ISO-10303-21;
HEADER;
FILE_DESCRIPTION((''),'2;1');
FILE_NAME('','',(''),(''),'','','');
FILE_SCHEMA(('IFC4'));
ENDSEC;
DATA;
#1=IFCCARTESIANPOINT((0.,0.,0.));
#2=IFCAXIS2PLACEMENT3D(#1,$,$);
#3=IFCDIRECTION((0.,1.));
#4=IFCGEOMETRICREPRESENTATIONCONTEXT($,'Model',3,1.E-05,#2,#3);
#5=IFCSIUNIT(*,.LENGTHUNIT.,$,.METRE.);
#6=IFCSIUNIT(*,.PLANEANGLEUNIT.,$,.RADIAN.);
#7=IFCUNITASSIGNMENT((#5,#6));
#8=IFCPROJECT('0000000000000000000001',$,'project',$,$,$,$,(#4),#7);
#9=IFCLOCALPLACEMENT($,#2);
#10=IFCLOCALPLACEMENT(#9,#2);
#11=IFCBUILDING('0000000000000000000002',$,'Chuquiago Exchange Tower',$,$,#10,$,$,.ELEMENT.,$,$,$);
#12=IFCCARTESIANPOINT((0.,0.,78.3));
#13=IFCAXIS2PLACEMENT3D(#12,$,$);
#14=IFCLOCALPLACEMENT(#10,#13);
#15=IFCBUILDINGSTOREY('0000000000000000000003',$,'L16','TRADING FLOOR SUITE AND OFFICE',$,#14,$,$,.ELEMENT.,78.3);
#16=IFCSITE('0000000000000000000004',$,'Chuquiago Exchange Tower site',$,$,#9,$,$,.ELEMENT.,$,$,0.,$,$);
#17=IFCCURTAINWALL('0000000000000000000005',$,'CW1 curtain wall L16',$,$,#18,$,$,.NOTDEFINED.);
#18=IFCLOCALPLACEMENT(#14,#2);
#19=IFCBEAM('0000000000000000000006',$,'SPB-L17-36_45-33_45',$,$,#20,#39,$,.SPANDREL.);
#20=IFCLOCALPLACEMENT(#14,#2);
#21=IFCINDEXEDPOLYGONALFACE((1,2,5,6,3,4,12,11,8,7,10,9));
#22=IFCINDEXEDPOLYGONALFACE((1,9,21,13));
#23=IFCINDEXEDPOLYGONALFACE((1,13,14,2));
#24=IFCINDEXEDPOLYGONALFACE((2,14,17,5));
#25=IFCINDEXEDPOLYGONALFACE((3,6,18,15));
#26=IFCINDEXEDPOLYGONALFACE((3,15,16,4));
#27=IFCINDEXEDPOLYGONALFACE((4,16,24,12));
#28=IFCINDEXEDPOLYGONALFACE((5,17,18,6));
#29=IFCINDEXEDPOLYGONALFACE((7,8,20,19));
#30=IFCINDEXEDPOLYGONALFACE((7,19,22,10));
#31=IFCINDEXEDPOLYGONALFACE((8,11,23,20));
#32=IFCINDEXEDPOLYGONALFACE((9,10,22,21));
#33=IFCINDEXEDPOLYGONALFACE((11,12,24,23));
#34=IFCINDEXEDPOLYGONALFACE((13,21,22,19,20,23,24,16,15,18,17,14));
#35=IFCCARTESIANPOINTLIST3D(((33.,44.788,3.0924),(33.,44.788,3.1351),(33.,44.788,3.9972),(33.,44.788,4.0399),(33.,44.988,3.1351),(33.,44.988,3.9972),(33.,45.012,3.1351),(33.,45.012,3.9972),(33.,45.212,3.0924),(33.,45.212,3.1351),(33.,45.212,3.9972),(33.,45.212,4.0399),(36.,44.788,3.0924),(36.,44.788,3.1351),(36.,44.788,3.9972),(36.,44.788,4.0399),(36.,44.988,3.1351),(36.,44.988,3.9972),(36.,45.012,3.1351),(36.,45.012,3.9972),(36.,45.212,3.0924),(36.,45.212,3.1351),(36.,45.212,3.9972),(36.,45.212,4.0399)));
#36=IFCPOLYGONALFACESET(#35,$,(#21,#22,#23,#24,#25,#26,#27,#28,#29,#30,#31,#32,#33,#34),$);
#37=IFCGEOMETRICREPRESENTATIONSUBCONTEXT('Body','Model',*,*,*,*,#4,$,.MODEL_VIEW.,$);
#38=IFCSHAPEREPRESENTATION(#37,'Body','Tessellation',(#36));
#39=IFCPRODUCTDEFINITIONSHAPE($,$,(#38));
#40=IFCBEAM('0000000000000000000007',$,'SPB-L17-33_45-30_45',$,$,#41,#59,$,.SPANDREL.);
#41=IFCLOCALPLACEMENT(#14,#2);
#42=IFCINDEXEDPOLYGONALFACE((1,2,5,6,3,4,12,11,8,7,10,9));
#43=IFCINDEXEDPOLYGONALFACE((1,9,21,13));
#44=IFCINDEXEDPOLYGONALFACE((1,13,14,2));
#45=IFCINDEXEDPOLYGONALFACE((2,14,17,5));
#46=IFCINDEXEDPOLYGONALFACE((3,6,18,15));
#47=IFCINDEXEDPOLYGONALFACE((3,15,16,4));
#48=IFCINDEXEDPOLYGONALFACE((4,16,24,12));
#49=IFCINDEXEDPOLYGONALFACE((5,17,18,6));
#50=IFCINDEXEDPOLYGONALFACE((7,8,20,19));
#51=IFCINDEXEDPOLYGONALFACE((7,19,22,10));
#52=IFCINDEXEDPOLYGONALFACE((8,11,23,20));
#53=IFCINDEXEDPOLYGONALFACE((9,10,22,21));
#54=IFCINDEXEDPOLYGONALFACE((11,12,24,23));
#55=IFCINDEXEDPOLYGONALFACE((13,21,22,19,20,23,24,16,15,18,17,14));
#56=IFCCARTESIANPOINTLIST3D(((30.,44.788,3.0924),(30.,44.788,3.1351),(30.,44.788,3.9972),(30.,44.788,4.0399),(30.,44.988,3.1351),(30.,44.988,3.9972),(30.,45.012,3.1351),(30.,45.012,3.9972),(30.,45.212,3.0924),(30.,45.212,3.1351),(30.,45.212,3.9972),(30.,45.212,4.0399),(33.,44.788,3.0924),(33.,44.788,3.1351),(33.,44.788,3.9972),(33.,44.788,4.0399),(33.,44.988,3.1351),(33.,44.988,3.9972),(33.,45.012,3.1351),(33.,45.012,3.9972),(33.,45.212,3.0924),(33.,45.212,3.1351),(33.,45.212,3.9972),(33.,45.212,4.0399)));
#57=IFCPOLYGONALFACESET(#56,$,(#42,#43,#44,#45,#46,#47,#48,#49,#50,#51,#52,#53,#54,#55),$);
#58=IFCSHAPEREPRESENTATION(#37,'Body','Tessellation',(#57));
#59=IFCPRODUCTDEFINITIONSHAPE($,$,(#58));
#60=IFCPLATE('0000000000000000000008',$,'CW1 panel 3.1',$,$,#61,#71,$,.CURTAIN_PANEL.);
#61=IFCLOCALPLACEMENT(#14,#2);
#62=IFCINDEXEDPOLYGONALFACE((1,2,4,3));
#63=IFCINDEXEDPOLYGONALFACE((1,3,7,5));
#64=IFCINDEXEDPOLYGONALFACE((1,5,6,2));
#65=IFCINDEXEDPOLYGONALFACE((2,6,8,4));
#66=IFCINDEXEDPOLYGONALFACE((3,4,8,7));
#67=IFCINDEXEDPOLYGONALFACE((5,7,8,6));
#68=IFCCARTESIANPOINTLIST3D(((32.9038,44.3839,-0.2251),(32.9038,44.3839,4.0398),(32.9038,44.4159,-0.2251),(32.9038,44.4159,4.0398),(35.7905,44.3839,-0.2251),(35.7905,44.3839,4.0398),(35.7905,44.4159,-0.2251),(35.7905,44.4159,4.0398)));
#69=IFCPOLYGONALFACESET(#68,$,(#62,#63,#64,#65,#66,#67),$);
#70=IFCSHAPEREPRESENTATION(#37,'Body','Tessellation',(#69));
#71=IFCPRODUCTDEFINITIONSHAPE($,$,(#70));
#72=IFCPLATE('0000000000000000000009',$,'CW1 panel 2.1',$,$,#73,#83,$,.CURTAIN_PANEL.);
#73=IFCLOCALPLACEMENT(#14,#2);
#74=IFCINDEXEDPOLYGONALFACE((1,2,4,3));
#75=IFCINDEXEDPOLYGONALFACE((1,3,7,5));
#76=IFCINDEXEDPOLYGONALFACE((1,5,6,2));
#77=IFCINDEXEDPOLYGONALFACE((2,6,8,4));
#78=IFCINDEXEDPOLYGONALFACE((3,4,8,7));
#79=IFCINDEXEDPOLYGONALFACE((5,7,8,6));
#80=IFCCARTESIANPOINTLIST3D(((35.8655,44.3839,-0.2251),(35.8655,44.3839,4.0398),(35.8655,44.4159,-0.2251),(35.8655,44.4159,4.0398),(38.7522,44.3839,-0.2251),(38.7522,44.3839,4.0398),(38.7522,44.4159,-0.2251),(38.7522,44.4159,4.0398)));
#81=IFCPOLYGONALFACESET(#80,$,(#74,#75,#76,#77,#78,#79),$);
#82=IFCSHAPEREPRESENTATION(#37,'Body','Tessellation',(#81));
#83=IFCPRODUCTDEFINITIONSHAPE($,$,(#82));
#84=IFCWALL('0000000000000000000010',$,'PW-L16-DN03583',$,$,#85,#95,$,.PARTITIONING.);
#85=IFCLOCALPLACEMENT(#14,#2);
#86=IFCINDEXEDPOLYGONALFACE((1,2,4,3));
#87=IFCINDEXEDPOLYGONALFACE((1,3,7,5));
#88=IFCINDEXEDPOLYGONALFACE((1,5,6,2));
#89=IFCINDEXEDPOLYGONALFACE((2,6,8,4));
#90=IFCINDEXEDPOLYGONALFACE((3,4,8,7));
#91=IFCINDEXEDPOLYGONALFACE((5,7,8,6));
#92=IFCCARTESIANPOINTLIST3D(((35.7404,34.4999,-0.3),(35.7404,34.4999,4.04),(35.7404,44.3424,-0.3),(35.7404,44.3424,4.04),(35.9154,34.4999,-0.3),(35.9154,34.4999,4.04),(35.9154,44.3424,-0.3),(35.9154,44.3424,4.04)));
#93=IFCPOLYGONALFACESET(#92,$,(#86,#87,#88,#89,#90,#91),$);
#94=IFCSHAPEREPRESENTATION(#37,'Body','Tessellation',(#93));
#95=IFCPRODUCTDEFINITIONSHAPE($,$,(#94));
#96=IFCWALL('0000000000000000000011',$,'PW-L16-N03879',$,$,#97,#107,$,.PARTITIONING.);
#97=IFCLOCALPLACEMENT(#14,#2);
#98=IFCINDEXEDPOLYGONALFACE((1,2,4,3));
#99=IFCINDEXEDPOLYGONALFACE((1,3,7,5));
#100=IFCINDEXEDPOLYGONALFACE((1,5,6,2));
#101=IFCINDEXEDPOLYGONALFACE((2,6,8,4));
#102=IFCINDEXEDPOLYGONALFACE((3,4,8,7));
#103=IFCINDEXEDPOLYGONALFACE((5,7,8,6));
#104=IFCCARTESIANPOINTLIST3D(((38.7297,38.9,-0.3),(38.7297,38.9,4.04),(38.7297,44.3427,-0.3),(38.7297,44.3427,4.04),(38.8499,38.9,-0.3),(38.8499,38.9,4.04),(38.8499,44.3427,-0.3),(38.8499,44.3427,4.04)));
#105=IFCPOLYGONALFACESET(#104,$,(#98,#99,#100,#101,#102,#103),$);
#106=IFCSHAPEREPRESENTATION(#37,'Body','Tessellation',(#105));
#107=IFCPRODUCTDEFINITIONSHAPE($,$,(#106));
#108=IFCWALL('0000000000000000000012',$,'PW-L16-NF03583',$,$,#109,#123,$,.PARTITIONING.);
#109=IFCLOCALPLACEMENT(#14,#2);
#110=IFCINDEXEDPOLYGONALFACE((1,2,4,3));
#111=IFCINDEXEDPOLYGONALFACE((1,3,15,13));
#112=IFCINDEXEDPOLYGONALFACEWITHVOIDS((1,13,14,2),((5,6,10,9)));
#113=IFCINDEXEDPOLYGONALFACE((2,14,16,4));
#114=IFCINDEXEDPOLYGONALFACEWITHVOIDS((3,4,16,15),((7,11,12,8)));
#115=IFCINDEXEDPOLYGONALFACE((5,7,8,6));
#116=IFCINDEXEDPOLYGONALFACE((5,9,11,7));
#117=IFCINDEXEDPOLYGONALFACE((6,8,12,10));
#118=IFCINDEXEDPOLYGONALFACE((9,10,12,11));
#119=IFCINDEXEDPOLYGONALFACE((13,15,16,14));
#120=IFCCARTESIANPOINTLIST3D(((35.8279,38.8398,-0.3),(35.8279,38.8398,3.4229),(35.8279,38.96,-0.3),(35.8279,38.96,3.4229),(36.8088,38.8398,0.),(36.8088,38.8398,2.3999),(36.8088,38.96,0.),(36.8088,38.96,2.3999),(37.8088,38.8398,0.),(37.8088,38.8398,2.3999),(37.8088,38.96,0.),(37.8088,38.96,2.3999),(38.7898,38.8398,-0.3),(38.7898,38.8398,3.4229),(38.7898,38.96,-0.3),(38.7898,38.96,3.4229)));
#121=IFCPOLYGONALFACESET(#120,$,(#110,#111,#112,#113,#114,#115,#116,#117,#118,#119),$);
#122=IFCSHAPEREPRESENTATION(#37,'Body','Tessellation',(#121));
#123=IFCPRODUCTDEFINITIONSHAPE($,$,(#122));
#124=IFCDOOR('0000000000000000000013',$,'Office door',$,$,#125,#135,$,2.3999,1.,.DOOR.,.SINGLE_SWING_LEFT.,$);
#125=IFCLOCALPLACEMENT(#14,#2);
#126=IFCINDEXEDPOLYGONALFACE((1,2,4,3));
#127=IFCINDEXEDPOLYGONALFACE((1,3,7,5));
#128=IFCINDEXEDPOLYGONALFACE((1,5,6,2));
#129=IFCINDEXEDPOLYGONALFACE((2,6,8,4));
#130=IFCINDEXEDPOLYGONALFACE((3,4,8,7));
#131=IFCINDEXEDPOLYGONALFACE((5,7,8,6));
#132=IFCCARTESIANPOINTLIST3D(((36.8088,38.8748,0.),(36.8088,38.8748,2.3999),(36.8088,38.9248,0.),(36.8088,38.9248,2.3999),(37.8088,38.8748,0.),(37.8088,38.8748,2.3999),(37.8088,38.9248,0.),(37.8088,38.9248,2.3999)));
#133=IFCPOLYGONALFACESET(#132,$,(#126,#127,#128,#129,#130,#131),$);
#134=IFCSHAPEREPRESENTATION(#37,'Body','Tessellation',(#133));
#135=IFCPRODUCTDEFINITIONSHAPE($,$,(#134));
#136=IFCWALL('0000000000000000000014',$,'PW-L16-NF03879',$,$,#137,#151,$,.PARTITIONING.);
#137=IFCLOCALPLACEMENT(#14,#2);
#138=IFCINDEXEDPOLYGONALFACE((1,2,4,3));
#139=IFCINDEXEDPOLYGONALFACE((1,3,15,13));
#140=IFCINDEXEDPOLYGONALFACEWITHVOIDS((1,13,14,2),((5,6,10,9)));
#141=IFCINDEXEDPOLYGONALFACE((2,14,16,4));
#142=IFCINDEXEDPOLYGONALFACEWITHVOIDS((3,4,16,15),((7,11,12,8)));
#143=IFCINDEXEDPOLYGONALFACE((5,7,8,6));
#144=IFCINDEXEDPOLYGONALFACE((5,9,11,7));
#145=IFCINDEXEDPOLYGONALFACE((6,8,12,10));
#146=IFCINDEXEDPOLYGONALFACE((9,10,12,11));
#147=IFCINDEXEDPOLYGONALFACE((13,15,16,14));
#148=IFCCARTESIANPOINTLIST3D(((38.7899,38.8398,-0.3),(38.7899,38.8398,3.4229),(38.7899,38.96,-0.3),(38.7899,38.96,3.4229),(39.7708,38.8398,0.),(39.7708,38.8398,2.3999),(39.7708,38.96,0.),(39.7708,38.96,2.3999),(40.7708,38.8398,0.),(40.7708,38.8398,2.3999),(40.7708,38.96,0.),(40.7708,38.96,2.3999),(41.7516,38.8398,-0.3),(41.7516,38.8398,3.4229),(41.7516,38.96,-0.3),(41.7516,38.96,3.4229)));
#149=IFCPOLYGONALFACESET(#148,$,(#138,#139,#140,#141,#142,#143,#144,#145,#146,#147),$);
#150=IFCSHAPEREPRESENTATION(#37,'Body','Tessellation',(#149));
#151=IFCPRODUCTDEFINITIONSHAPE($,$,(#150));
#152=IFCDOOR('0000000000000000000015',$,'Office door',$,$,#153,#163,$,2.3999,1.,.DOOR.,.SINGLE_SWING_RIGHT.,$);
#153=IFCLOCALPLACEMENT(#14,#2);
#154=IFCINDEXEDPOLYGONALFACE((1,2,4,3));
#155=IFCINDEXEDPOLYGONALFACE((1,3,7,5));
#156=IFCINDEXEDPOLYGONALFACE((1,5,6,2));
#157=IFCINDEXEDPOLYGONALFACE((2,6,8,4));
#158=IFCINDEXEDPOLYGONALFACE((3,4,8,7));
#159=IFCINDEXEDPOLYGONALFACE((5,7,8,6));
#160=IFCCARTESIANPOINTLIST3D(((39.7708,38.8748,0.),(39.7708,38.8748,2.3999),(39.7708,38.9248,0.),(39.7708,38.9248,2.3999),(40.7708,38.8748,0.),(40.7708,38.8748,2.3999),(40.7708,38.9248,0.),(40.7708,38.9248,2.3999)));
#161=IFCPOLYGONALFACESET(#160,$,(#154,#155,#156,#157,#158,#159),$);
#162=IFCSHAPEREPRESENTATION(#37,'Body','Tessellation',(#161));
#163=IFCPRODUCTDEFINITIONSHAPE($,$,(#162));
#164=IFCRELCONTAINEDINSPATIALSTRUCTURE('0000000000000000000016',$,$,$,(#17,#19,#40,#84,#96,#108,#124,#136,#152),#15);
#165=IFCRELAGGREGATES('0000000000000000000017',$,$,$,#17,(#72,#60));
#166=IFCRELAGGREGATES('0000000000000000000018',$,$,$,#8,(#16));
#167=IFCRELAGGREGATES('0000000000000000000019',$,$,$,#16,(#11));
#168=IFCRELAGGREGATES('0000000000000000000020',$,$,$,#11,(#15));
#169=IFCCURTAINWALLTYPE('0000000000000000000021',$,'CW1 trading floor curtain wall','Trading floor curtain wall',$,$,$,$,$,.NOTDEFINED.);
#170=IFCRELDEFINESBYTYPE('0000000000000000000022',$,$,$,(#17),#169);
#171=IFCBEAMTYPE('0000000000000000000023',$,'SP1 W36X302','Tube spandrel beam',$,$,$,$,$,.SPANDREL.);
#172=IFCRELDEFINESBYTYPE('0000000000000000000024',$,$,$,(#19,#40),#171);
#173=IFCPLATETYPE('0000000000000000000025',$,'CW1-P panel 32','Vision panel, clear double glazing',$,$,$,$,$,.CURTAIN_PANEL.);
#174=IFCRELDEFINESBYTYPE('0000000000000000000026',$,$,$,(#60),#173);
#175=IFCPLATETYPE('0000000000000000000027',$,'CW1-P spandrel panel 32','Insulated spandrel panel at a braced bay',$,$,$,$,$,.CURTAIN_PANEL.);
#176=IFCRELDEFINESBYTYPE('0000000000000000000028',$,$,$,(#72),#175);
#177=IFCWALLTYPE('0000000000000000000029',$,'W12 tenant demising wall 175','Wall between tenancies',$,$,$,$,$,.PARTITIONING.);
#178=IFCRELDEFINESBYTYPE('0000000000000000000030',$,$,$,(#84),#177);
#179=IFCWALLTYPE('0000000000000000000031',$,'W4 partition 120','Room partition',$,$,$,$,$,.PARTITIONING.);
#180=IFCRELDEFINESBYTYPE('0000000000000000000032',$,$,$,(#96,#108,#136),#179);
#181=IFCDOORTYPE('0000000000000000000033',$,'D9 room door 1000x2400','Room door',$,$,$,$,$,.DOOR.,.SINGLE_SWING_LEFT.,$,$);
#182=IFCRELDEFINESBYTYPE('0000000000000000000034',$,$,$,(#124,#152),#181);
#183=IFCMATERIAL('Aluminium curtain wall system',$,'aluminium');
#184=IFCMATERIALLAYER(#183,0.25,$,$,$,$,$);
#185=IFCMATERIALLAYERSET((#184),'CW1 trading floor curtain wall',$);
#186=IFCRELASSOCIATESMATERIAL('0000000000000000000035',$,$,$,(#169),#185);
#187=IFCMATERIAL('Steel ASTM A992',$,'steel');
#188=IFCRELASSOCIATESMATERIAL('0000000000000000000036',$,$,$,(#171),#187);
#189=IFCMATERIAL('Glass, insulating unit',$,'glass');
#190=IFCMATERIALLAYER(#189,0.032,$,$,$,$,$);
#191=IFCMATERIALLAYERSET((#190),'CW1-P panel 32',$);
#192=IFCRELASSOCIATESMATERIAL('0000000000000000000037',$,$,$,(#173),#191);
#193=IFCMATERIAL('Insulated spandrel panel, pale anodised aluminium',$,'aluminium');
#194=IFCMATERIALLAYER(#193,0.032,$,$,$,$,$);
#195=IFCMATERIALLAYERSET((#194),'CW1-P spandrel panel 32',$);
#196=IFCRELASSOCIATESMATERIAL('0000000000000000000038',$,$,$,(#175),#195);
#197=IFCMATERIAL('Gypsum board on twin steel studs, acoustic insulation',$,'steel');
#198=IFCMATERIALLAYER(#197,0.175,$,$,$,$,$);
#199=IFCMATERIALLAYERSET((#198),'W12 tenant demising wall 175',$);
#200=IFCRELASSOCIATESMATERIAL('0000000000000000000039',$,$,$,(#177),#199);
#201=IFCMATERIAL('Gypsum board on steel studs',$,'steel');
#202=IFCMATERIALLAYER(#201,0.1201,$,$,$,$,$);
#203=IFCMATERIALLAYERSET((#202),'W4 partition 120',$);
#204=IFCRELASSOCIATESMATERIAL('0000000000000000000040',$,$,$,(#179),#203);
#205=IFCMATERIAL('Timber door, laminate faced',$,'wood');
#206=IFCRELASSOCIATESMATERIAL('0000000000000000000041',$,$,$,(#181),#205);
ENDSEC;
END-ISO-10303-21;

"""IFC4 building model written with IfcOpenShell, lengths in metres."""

from ifc_helpers import new_model, si_unit, direction, frame, frame_2d, origin, origin_2d, place, context, subcontext, project, spatial, rectangle, i_section, extrude, material, layer, layer_set, material_profile, profile_set, type_object, element, fill, aggregate, save


model = new_model("IFC4")

# Units and contexts
model_context = context("Model", 3, precision=1e-05, world=origin(), true_north=direction((0.0, 1.0)))
body_context = subcontext(model_context, "Body", "Model", "MODEL_VIEW")
ifc_project = project(units=[si_unit("LENGTHUNIT", "METRE"), si_unit("PLANEANGLEUNIT", "RADIAN")], contexts=[model_context])

# Site, building, storey
site_placement = place(None, origin())
site = spatial("IfcSite", under=ifc_project, at=site_placement, Name="Chuquiago Exchange Tower site", CompositionType="ELEMENT", RefElevation=0.0)
building_placement = place(site_placement, origin())
building = spatial("IfcBuilding", under=site, at=building_placement, Name="Chuquiago Exchange Tower", CompositionType="ELEMENT")
storey_placement = place(building_placement, frame((0.0, 0.0, 78.3)))
storey = spatial("IfcBuildingStorey", under=building, at=storey_placement, Name="L16", Description="TRADING FLOOR SUITE AND OFFICE", CompositionType="ELEMENT", Elevation=78.3)

# Curtain wall
ifc_material_1 = material(Name="Aluminium curtain wall system", Category="aluminium")
ifc_layer_1 = layer(ifc_material_1, 0.25)
ifc_layer_set_1 = layer_set([ifc_layer_1], Name="CW1 trading floor curtain wall")
curtain_wall_type = type_object("IfcCurtainWallType", Name="CW1 trading floor curtain wall", Description="Trading floor curtain wall", PredefinedType="NOTDEFINED", material=ifc_layer_set_1)
curtain_wall_placement = place(storey_placement, origin())
curtain_wall = element("IfcCurtainWall", 1, at=curtain_wall_placement, inside=storey, type_object=curtain_wall_type, Name="CW1 curtain wall L16", PredefinedType="NOTDEFINED")

# Beams
ifc_material_2 = material(Name="Steel ASTM A992", Category="steel")
ifc_material_profile_1 = material_profile(ifc_material_2, i_section(OverallWidth=0.4241, OverallDepth=0.9475, WebThickness=0.0239, FlangeThickness=0.0427, at=origin_2d()), Name="W36X302")
ifc_profile_set_1 = profile_set([ifc_material_profile_1], Name="Steel ASTM A992")
beam_type_1 = type_object("IfcBeamType", Name="SP1 W36X302", Description="Tube spandrel beam", PredefinedType="SPANDREL", material=ifc_profile_set_1)
for number, where, z_axis, x_axis, name in (
    (2, (36.0, 45.0, 3.5662), (-1.0, 0.0, 0.0), (0.0, -1.0, 0.0), "SPB-L17-36_45-33_45"),
    (3, (33.0, 45.0, 3.5662), (-1.0, 0.0, 0.0), (0.0, -1.0, 0.0), "SPB-L17-33_45-30_45"),
):
    element("IfcBeam", number, at=place(storey_placement, frame(where, z_axis=z_axis, x_axis=x_axis)), inside=storey, type_object=beam_type_1, Name=name, PredefinedType="SPANDREL", context=body_context, shape_type="SweptSolid", body=[
        extrude(i_section(OverallWidth=0.4241, OverallDepth=0.9475, WebThickness=0.0239, FlangeThickness=0.0427, at=origin_2d()), origin(), (0.0, 0.0, 1.0), 3.0),
    ])

# Plates
ifc_material_3 = material(Name="Glass, insulating unit", Category="glass")
ifc_layer_2 = layer(ifc_material_3, 0.032)
ifc_layer_set_2 = layer_set([ifc_layer_2], Name="CW1-P panel 32")
plate_type_1 = type_object("IfcPlateType", Name="CW1-P panel 32", Description="Vision panel, clear double glazing", PredefinedType="CURTAIN_PANEL", material=ifc_layer_set_2)
plate_1_placement = place(storey_placement, frame((34.3472, 44.3999, -0.2251), z_axis=(0.0, 0.0, 1.0), x_axis=(-1.0, 0.0, 0.0)))
plate_1 = element("IfcPlate", 4, at=plate_1_placement, type_object=plate_type_1, Name="CW1 panel 3.1", PredefinedType="CURTAIN_PANEL", context=body_context, shape_type="SweptSolid", body=[
    extrude(rectangle(XDim=2.8867, YDim=0.032, at=origin_2d()), origin(), (0.0, 0.0, 1.0), 4.2649),
])
ifc_material_4 = material(Name="Insulated spandrel panel, pale anodised aluminium", Category="aluminium")
ifc_layer_3 = layer(ifc_material_4, 0.032)
ifc_layer_set_3 = layer_set([ifc_layer_3], Name="CW1-P spandrel panel 32")
plate_type_2 = type_object("IfcPlateType", Name="CW1-P spandrel panel 32", Description="Insulated spandrel panel at a braced bay", PredefinedType="CURTAIN_PANEL", material=ifc_layer_set_3)
plate_2_placement = place(storey_placement, frame((37.3088, 44.3999, -0.2251), z_axis=(0.0, 0.0, 1.0), x_axis=(-1.0, 0.0, 0.0)))
plate_2 = element("IfcPlate", 5, at=plate_2_placement, type_object=plate_type_2, Name="CW1 panel 2.1", PredefinedType="CURTAIN_PANEL", context=body_context, shape_type="SweptSolid", body=[
    extrude(rectangle(XDim=2.8867, YDim=0.032, at=origin_2d()), origin(), (0.0, 0.0, 1.0), 4.2649),
])
aggregate(curtain_wall, [plate_2, plate_1])

# Walls
ifc_material_5 = material(Name="Gypsum board on twin steel studs, acoustic insulation", Category="steel")
ifc_layer_4 = layer(ifc_material_5, 0.175)
ifc_layer_set_4 = layer_set([ifc_layer_4], Name="W12 tenant demising wall 175")
wall_type_1 = type_object("IfcWallType", Name="W12 tenant demising wall 175", Description="Wall between tenancies", PredefinedType="PARTITIONING", material=ifc_layer_set_4)
wall_1_placement = place(storey_placement, frame((35.8279, 44.3425, -0.3), z_axis=(0.0, 0.0, 1.0), x_axis=(0.0, -1.0, 0.0)))
element("IfcWall", 6, at=wall_1_placement, inside=storey, type_object=wall_type_1, Name="PW-L16-DN03583", PredefinedType="PARTITIONING", context=body_context, shape_type="SweptSolid", body=[
    extrude(rectangle(XDim=9.8425, YDim=0.175, at=frame_2d((4.9214, 0.0))), origin(), (0.0, 0.0, 1.0), 4.3401),
])
ifc_material_6 = material(Name="Gypsum board on steel studs", Category="steel")
ifc_layer_5 = layer(ifc_material_6, 0.1201)
ifc_layer_set_5 = layer_set([ifc_layer_5], Name="W4 partition 120")
wall_type_2 = type_object("IfcWallType", Name="W4 partition 120", Description="Room partition", PredefinedType="PARTITIONING", material=ifc_layer_set_5)
wall_2_placement = place(storey_placement, frame((38.7898, 44.3425, -0.3), z_axis=(0.0, 0.0, 1.0), x_axis=(0.0, -1.0, 0.0)))
element("IfcWall", 7, at=wall_2_placement, inside=storey, type_object=wall_type_2, Name="PW-L16-N03879", PredefinedType="PARTITIONING", context=body_context, shape_type="SweptSolid", body=[
    extrude(rectangle(XDim=5.4426, YDim=0.1201, at=frame_2d((2.7212, 0.0))), origin(), (0.0, 0.0, 1.0), 4.3401),
])

# Walls, openings, doors
wall_3_placement = place(storey_placement, frame((35.8279, 38.8999, -0.3), z_axis=(0.0, 0.0, 1.0), x_axis=(1.0, 0.0, 0.0)))
wall_3 = element("IfcWall", 8, at=wall_3_placement, inside=storey, type_object=wall_type_2, Name="PW-L16-NF03583", PredefinedType="PARTITIONING", context=body_context, shape_type="SweptSolid", body=[
    extrude(rectangle(XDim=2.9619, YDim=0.1201, at=frame_2d((1.481, 0.0))), origin(), (0.0, 0.0, 1.0), 3.7229),
])
opening_1_placement = place(wall_3_placement, frame((0.981, 0.0, 0.3)))
opening_1 = element("IfcOpeningElement", 9, at=opening_1_placement, cuts=wall_3, PredefinedType="OPENING", context=body_context, shape_type="SweptSolid", body=[
    extrude(rectangle(XDim=1.0, YDim=2.3999, at=frame_2d((0.5, 1.2))), frame((0.0, 0.0701, 0.0), z_axis=(0.0, -1.0, 0.0), x_axis=(1.0, 0.0, 0.0)), (0.0, 0.0, 1.0), 0.1401),
])
ifc_material_7 = material(Name="Timber door, laminate faced", Category="wood")
door_type = type_object("IfcDoorType", Name="D9 room door 1000x2400", Description="Room door", OperationType="SINGLE_SWING_LEFT", PredefinedType="DOOR", material=ifc_material_7)
door_1_placement = place(opening_1_placement, origin())
door_1 = element("IfcDoor", 10, at=door_1_placement, inside=storey, type_object=door_type, Name="Office door", OperationType="SINGLE_SWING_LEFT", OverallHeight=2.3999, OverallWidth=1.0, PredefinedType="DOOR", context=body_context, shape_type="SweptSolid", body=[
    extrude(rectangle(XDim=1.0, YDim=2.3999, at=frame_2d((0.5, 1.2))), frame((0.0, 0.0249, 0.0), z_axis=(0.0, -1.0, 0.0), x_axis=(1.0, 0.0, 0.0)), (0.0, 0.0, 1.0), 0.05),
])
fill(opening_1, door_1)
wall_4_placement = place(storey_placement, frame((38.7898, 38.8999, -0.3), z_axis=(0.0, 0.0, 1.0), x_axis=(1.0, 0.0, 0.0)))
wall_4 = element("IfcWall", 11, at=wall_4_placement, inside=storey, type_object=wall_type_2, Name="PW-L16-NF03879", PredefinedType="PARTITIONING", context=body_context, shape_type="SweptSolid", body=[
    extrude(rectangle(XDim=2.9617, YDim=0.1201, at=frame_2d((1.481, 0.0))), origin(), (0.0, 0.0, 1.0), 3.7229),
])
opening_2_placement = place(wall_4_placement, frame((0.981, 0.0, 0.3)))
opening_2 = element("IfcOpeningElement", 12, at=opening_2_placement, cuts=wall_4, PredefinedType="OPENING", context=body_context, shape_type="SweptSolid", body=[
    extrude(rectangle(XDim=1.0, YDim=2.3999, at=frame_2d((0.5, 1.2))), frame((0.0, 0.0701, 0.0), z_axis=(0.0, -1.0, 0.0), x_axis=(1.0, 0.0, 0.0)), (0.0, 0.0, 1.0), 0.1401),
])
door_2_placement = place(opening_2_placement, origin())
door_2 = element("IfcDoor", 13, at=door_2_placement, inside=storey, type_object=door_type, Name="Office door", OperationType="SINGLE_SWING_RIGHT", OverallHeight=2.3999, OverallWidth=1.0, PredefinedType="DOOR", context=body_context, shape_type="SweptSolid", body=[
    extrude(rectangle(XDim=1.0, YDim=2.3999, at=frame_2d((0.5, 1.2))), frame((0.0, 0.0249, 0.0), z_axis=(0.0, -1.0, 0.0), x_axis=(1.0, 0.0, 0.0)), (0.0, 0.0, 1.0), 0.05),
])
fill(opening_2, door_2)

save(model, "model.ifc")
